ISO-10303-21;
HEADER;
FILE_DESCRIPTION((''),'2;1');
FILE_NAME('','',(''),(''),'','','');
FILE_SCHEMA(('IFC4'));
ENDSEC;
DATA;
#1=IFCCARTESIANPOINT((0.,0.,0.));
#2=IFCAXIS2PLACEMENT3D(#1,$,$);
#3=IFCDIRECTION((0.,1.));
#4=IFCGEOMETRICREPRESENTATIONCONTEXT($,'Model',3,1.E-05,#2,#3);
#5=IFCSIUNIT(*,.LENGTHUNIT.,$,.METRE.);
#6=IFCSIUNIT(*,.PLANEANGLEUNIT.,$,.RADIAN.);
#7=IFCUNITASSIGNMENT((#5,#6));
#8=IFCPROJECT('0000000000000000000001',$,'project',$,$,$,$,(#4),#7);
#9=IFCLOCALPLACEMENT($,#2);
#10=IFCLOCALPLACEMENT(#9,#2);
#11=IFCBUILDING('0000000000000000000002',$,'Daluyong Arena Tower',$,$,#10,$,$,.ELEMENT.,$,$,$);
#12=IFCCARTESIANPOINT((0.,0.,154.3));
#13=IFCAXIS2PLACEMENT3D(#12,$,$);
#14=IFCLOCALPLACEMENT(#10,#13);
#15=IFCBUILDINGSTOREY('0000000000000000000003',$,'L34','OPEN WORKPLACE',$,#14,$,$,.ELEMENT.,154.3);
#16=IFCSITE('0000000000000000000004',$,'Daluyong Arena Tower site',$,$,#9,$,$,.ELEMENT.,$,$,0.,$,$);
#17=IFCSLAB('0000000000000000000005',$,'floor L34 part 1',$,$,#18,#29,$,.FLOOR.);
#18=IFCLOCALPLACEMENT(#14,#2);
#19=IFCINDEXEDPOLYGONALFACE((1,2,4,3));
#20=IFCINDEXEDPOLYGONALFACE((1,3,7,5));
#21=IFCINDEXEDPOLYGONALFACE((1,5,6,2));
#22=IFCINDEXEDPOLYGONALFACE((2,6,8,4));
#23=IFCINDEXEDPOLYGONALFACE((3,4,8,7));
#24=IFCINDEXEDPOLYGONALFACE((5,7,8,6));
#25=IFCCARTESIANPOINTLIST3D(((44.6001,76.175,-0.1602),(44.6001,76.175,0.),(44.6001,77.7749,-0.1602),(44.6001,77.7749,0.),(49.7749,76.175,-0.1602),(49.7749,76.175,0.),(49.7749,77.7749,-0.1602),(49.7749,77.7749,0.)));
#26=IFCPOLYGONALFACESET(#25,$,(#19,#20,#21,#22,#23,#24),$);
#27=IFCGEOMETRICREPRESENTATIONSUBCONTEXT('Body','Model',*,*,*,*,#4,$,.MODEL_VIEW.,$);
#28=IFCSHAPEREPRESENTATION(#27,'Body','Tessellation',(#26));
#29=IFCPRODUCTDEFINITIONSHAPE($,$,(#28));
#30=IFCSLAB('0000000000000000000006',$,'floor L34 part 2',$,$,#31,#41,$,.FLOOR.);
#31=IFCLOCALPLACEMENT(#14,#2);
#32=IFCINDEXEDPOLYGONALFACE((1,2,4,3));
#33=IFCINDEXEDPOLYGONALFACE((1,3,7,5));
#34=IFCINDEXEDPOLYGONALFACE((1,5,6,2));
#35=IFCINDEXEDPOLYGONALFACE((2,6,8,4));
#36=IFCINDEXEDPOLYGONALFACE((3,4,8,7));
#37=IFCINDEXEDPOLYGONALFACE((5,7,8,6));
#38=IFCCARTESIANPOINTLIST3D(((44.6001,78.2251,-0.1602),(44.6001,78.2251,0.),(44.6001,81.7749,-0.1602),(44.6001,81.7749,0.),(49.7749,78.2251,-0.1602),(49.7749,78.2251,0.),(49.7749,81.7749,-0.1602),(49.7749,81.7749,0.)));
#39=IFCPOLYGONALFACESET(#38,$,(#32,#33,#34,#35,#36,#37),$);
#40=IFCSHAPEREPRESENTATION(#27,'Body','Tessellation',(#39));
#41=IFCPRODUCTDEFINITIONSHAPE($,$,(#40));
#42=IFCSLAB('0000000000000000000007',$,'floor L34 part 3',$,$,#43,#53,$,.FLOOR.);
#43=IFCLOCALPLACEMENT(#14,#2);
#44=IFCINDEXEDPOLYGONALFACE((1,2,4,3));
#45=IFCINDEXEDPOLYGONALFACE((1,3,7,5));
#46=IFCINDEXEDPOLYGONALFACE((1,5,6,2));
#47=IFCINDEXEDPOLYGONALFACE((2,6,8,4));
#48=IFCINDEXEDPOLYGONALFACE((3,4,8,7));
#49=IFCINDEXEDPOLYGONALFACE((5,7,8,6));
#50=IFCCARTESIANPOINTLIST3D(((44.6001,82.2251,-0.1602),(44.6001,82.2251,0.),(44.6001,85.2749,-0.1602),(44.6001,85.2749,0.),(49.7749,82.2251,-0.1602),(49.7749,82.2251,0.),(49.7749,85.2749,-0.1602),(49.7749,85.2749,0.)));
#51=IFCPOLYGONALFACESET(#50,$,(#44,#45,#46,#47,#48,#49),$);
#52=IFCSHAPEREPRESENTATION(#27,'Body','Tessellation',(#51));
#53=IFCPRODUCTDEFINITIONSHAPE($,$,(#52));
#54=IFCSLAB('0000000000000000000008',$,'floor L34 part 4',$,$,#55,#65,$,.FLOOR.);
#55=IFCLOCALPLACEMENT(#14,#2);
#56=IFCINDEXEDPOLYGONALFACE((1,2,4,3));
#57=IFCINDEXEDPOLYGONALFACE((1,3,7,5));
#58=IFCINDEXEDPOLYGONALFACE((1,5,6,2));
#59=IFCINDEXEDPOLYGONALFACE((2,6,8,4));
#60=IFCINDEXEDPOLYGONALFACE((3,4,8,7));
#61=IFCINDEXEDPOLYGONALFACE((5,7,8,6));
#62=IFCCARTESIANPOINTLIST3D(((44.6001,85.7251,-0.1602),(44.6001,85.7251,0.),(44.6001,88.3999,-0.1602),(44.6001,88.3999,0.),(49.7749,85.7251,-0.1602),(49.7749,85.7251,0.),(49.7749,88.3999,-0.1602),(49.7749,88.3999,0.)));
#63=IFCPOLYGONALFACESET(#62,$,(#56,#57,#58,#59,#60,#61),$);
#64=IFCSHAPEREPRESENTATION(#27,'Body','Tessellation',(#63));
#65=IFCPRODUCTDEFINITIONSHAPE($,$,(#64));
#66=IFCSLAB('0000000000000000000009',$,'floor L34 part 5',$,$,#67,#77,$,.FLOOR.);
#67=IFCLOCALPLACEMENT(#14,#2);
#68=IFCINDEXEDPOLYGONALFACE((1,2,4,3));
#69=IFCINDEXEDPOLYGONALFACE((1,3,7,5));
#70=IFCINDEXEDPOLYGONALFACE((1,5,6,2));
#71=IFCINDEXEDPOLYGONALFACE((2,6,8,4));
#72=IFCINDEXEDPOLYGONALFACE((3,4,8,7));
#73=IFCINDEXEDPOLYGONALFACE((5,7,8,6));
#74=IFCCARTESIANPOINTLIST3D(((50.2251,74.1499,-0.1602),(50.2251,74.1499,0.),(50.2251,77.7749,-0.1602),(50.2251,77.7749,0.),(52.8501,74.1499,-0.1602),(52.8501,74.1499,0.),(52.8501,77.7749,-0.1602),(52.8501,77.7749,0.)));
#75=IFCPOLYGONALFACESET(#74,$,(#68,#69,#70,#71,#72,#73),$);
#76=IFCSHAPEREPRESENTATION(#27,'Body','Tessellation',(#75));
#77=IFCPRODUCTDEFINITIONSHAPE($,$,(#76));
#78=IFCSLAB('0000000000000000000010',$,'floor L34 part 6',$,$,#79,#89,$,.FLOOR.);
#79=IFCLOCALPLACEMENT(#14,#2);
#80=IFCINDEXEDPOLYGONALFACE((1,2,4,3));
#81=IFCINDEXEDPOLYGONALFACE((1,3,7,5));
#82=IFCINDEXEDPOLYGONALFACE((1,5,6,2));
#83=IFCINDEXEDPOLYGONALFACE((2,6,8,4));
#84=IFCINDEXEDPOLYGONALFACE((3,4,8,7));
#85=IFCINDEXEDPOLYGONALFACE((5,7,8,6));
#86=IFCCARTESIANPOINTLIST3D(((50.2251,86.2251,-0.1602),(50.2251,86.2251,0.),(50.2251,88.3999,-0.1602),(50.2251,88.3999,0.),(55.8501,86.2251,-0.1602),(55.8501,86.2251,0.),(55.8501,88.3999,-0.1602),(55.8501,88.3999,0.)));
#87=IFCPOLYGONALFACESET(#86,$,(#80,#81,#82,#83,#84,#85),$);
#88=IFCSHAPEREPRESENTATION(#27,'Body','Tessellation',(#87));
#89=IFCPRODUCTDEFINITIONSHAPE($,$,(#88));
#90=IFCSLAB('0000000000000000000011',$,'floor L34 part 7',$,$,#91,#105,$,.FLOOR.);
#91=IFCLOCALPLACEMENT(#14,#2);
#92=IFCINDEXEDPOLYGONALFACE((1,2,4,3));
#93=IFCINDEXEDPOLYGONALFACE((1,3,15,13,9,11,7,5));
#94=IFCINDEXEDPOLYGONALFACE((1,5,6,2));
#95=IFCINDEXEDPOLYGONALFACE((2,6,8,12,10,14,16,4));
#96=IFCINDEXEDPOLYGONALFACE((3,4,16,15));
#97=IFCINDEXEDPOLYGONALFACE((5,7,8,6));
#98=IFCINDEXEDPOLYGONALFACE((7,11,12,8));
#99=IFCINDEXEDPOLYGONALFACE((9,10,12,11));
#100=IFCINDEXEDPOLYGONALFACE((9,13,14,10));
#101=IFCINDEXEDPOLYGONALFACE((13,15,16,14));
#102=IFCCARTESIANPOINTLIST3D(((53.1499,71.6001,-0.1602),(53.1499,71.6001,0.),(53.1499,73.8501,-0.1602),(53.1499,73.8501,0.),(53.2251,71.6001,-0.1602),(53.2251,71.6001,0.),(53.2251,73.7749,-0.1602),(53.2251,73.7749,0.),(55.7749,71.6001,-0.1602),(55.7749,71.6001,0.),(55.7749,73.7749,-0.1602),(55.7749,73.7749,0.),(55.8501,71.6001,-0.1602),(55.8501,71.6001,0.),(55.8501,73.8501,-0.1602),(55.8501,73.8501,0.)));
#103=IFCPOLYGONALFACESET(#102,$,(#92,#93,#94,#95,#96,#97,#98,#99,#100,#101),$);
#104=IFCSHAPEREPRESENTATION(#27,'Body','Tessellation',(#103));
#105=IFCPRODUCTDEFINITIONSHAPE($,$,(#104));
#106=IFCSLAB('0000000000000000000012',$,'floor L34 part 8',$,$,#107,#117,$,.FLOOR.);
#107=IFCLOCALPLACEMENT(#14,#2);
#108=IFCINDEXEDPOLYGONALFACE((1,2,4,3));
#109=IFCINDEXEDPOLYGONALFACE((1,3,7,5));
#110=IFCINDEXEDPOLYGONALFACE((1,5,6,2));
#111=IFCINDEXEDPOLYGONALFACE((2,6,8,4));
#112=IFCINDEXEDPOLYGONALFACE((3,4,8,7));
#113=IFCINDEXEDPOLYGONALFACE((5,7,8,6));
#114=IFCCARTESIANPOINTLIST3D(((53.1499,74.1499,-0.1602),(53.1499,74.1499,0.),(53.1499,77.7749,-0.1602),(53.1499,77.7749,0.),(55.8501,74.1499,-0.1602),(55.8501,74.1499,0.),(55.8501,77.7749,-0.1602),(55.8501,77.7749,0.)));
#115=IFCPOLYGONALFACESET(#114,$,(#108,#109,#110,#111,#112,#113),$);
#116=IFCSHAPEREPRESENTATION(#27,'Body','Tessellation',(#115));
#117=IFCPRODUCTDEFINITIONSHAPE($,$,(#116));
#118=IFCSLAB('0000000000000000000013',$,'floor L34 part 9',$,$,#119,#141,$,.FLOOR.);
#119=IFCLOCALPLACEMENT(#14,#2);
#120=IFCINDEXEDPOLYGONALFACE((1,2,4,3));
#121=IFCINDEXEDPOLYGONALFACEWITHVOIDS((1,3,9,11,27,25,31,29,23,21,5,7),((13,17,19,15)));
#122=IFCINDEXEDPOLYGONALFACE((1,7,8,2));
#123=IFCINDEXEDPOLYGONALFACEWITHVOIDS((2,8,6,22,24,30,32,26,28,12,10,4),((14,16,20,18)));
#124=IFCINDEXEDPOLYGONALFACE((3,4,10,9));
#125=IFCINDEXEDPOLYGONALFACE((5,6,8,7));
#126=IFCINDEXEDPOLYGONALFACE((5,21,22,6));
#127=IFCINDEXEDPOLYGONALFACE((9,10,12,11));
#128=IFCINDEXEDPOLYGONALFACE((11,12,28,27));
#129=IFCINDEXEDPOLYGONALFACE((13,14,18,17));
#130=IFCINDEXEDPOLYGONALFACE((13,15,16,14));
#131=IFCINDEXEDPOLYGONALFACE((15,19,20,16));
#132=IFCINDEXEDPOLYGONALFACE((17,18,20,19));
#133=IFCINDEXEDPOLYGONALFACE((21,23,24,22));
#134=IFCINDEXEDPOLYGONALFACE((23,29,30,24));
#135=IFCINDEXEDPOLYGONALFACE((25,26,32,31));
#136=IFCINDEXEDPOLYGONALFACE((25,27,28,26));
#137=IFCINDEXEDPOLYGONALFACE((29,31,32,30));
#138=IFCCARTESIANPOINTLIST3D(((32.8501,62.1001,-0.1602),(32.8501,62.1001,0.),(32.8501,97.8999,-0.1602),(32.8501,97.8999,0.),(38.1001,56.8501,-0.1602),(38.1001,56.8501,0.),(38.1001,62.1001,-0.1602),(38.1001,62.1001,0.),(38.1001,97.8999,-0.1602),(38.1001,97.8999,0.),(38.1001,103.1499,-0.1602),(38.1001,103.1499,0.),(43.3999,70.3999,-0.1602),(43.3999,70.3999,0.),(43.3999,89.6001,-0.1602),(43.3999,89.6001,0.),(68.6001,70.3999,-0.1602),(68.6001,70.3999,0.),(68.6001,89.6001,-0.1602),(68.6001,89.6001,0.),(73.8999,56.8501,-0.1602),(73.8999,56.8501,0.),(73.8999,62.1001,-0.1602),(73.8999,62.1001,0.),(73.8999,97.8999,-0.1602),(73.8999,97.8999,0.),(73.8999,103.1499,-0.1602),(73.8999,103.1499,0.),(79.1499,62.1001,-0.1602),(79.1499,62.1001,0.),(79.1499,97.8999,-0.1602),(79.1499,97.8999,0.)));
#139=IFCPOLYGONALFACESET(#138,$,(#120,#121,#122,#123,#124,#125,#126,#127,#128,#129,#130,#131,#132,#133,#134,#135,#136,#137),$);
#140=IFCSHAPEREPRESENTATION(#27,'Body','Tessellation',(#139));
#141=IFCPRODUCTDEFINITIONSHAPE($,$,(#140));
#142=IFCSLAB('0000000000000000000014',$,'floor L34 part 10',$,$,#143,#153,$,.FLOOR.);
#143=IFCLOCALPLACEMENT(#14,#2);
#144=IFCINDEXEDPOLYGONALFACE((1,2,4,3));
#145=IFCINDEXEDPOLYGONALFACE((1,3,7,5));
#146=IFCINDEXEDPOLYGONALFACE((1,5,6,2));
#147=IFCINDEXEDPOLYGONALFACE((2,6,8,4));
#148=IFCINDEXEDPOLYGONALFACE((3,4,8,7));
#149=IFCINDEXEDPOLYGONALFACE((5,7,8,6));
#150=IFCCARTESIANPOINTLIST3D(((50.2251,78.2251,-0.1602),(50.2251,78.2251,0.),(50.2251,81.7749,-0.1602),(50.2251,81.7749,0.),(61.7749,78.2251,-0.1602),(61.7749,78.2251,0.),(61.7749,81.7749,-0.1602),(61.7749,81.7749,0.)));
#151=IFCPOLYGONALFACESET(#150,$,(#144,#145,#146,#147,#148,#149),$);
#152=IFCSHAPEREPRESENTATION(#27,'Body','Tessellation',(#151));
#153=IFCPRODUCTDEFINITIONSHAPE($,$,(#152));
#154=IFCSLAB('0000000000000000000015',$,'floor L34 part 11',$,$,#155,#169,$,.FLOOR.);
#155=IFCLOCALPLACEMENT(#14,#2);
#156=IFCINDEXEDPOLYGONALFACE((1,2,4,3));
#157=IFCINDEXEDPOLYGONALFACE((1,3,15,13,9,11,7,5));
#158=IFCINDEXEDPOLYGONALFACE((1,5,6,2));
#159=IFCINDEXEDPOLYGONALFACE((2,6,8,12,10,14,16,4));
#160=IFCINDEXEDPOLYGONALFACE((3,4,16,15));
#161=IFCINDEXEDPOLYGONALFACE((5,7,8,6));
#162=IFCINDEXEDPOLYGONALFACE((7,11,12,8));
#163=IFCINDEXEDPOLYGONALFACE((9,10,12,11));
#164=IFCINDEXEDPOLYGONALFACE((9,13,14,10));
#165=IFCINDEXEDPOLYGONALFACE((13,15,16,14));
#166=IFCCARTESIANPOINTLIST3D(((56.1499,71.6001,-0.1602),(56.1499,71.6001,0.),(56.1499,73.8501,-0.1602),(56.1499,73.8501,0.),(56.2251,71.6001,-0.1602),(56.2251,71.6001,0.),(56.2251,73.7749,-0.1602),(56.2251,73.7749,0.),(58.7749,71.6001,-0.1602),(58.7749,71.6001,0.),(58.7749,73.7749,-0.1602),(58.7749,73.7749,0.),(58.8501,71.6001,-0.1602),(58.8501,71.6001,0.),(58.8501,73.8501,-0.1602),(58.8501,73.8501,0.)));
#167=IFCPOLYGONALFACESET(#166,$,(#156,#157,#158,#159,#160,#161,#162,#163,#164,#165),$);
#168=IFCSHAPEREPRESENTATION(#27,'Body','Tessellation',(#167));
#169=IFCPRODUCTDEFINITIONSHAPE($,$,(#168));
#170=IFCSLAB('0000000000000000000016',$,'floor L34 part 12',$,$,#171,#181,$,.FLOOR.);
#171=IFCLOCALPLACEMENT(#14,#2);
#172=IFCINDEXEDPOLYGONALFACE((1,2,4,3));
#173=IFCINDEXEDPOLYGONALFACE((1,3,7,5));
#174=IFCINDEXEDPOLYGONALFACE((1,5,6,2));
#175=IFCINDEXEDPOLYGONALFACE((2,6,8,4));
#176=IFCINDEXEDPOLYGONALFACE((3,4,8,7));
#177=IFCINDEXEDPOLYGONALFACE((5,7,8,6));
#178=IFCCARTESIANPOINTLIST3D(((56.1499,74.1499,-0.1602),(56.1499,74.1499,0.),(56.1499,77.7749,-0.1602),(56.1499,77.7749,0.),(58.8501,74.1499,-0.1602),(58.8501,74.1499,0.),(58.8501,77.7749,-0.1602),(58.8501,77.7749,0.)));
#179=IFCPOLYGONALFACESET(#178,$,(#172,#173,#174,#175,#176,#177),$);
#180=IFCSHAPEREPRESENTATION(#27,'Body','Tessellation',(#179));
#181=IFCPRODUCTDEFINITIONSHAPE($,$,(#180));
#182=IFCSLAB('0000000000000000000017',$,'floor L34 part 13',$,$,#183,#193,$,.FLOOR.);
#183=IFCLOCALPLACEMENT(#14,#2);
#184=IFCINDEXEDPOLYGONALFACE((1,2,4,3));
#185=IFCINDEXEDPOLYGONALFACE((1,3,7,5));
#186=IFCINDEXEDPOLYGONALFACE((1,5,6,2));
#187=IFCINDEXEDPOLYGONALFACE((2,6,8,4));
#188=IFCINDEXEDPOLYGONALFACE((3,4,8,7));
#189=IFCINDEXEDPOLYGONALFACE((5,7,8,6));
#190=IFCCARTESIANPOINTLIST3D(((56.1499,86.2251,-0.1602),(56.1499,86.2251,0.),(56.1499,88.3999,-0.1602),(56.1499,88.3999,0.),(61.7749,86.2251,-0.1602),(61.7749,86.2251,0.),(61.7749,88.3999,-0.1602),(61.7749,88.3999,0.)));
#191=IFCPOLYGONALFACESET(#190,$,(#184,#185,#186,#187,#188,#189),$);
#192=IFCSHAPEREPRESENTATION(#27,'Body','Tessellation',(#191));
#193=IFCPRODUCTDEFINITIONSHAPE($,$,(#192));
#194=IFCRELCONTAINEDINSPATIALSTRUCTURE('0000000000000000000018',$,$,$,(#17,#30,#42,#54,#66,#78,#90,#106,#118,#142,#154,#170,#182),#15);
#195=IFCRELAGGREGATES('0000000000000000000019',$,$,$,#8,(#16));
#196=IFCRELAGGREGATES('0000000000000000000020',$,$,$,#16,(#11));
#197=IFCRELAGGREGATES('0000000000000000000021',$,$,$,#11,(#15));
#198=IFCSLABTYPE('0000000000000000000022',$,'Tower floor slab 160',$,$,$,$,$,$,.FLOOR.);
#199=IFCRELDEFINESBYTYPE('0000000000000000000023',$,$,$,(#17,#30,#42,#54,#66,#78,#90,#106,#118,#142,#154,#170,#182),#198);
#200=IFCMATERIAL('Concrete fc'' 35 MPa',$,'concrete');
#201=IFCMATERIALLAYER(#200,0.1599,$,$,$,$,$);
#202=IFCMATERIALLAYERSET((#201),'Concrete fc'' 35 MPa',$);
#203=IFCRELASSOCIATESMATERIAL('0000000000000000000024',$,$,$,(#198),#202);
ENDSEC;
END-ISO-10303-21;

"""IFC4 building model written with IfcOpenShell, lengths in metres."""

from ifc_helpers import new_model, si_unit, direction, frame, origin, place, context, subcontext, project, spatial, polyline, outline, extrude, material, layer, layer_set, type_object, element, save


model = new_model("IFC4")

# Units and contexts
model_context = context("Model", 3, precision=1e-05, world=origin(), true_north=direction((0.0, 1.0)))
body_context = subcontext(model_context, "Body", "Model", "MODEL_VIEW")
ifc_project = project(units=[si_unit("LENGTHUNIT", "METRE"), si_unit("PLANEANGLEUNIT", "RADIAN")], contexts=[model_context])

# Site, building, storey
site_placement = place(None, origin())
site = spatial("IfcSite", under=ifc_project, at=site_placement, Name="Daluyong Arena Tower site", CompositionType="ELEMENT", RefElevation=0.0)
building_placement = place(site_placement, origin())
building = spatial("IfcBuilding", under=site, at=building_placement, Name="Daluyong Arena Tower", CompositionType="ELEMENT")
storey_placement = place(building_placement, frame((0.0, 0.0, 154.3)))
storey = spatial("IfcBuildingStorey", under=building, at=storey_placement, Name="L34", Description="OPEN WORKPLACE", CompositionType="ELEMENT", Elevation=154.3)

# Slabs
ifc_material_1 = material(Name="Concrete fc' 35 MPa", Category="concrete")
ifc_layer_1 = layer(ifc_material_1, 0.1599)
ifc_layer_set_1 = layer_set([ifc_layer_1], Name="Concrete fc' 35 MPa")
slab_type = type_object("IfcSlabType", Name="Tower floor slab 160", PredefinedType="FLOOR", material=ifc_layer_set_1)
slab_1_placement = place(storey_placement, frame((0.0, 0.0, -0.1602)))
element("IfcSlab", 1, at=slab_1_placement, inside=storey, type_object=slab_type, Name="floor L34 part 1", PredefinedType="FLOOR", context=body_context, shape_type="SweptSolid", body=[
    extrude(outline(polyline([(49.7749, 76.175), (49.7749, 77.7749), (44.6001, 77.7749), (44.6001, 76.175), (49.7749, 76.175)])), origin(), (0.0, 0.0, 1.0), 0.1602),
])
slab_2_placement = place(storey_placement, frame((0.0, 0.0, -0.1602)))
element("IfcSlab", 2, at=slab_2_placement, inside=storey, type_object=slab_type, Name="floor L34 part 2", PredefinedType="FLOOR", context=body_context, shape_type="SweptSolid", body=[
    extrude(outline(polyline([(44.6001, 78.2251), (49.7749, 78.2251), (49.7749, 81.7749), (44.6001, 81.7749), (44.6001, 78.2251)])), origin(), (0.0, 0.0, 1.0), 0.1602),
])
slab_3_placement = place(storey_placement, frame((0.0, 0.0, -0.1602)))
element("IfcSlab", 3, at=slab_3_placement, inside=storey, type_object=slab_type, Name="floor L34 part 3", PredefinedType="FLOOR", context=body_context, shape_type="SweptSolid", body=[
    extrude(outline(polyline([(44.6001, 82.2251), (49.7749, 82.2251), (49.7749, 85.2749), (44.6001, 85.2749), (44.6001, 82.2251)])), origin(), (0.0, 0.0, 1.0), 0.1602),
])
slab_4_placement = place(storey_placement, frame((0.0, 0.0, -0.1602)))
element("IfcSlab", 4, at=slab_4_placement, inside=storey, type_object=slab_type, Name="floor L34 part 4", PredefinedType="FLOOR", context=body_context, shape_type="SweptSolid", body=[
    extrude(outline(polyline([(49.7749, 88.3999), (44.6001, 88.3999), (44.6001, 85.7251), (49.7749, 85.7251), (49.7749, 88.3999)])), origin(), (0.0, 0.0, 1.0), 0.1602),
])
slab_5_placement = place(storey_placement, frame((0.0, 0.0, -0.1602)))
element("IfcSlab", 5, at=slab_5_placement, inside=storey, type_object=slab_type, Name="floor L34 part 5", PredefinedType="FLOOR", context=body_context, shape_type="SweptSolid", body=[
    extrude(outline(polyline([(52.8501, 77.7749), (50.2251, 77.7749), (50.2251, 74.1499), (52.8501, 74.1499), (52.8501, 77.7749)])), origin(), (0.0, 0.0, 1.0), 0.1602),
])
slab_6_placement = place(storey_placement, frame((0.0, 0.0, -0.1602)))
element("IfcSlab", 6, at=slab_6_placement, inside=storey, type_object=slab_type, Name="floor L34 part 6", PredefinedType="FLOOR", context=body_context, shape_type="SweptSolid", body=[
    extrude(outline(polyline([(55.8501, 88.3999), (50.2251, 88.3999), (50.2251, 86.2251), (55.8501, 86.2251), (55.8501, 88.3999)])), origin(), (0.0, 0.0, 1.0), 0.1602),
])
slab_7_placement = place(storey_placement, frame((0.0, 0.0, -0.1602)))
element("IfcSlab", 7, at=slab_7_placement, inside=storey, type_object=slab_type, Name="floor L34 part 7", PredefinedType="FLOOR", context=body_context, shape_type="SweptSolid", body=[
    extrude(outline(polyline([(55.7749, 73.7749), (55.7749, 71.6001), (55.8501, 71.6001), (55.8501, 73.8501), (53.1499, 73.8501), (53.1499, 71.6001), (53.2251, 71.6001), (53.2251, 73.7749), (55.7749, 73.7749)])), origin(), (0.0, 0.0, 1.0), 0.1602),
])
slab_8_placement = place(storey_placement, frame((0.0, 0.0, -0.1602)))
element("IfcSlab", 8, at=slab_8_placement, inside=storey, type_object=slab_type, Name="floor L34 part 8", PredefinedType="FLOOR", context=body_context, shape_type="SweptSolid", body=[
    extrude(outline(polyline([(55.8501, 77.7749), (53.1499, 77.7749), (53.1499, 74.1499), (55.8501, 74.1499), (55.8501, 77.7749)])), origin(), (0.0, 0.0, 1.0), 0.1602),
])
slab_9_placement = place(storey_placement, frame((0.0, 0.0, -0.1602)))
element("IfcSlab", 9, at=slab_9_placement, inside=storey, type_object=slab_type, Name="floor L34 part 9", PredefinedType="FLOOR", context=body_context, shape_type="SweptSolid", body=[
    extrude(outline(polyline([(38.1001, 62.1001), (38.1001, 56.8501), (73.8999, 56.8501), (73.8999, 62.1001), (79.1499, 62.1001), (79.1499, 97.8999), (73.8999, 97.8999), (73.8999, 103.1499), (38.1001, 103.1499), (38.1001, 97.8999), (32.8501, 97.8999), (32.8501, 62.1001), (38.1001, 62.1001)]), holes=[polyline([(68.6001, 89.6001), (68.6001, 70.3999), (43.3999, 70.3999), (43.3999, 89.6001), (68.6001, 89.6001)])]), origin(), (0.0, 0.0, 1.0), 0.1602),
])
slab_10_placement = place(storey_placement, frame((0.0, 0.0, -0.1602)))
element("IfcSlab", 10, at=slab_10_placement, inside=storey, type_object=slab_type, Name="floor L34 part 10", PredefinedType="FLOOR", context=body_context, shape_type="SweptSolid", body=[
    extrude(outline(polyline([(61.7749, 78.2251), (61.7749, 81.7749), (50.2251, 81.7749), (50.2251, 78.2251), (61.7749, 78.2251)])), origin(), (0.0, 0.0, 1.0), 0.1602),
])
slab_11_placement = place(storey_placement, frame((0.0, 0.0, -0.1602)))
element("IfcSlab", 11, at=slab_11_placement, inside=storey, type_object=slab_type, Name="floor L34 part 11", PredefinedType="FLOOR", context=body_context, shape_type="SweptSolid", body=[
    extrude(outline(polyline([(58.8501, 71.6001), (58.8501, 73.8501), (56.1499, 73.8501), (56.1499, 71.6001), (56.2251, 71.6001), (56.2251, 73.7749), (58.7749, 73.7749), (58.7749, 71.6001), (58.8501, 71.6001)])), origin(), (0.0, 0.0, 1.0), 0.1602),
])
slab_12_placement = place(storey_placement, frame((0.0, 0.0, -0.1602)))
element("IfcSlab", 12, at=slab_12_placement, inside=storey, type_object=slab_type, Name="floor L34 part 12", PredefinedType="FLOOR", context=body_context, shape_type="SweptSolid", body=[
    extrude(outline(polyline([(58.8501, 77.7749), (56.1499, 77.7749), (56.1499, 74.1499), (58.8501, 74.1499), (58.8501, 77.7749)])), origin(), (0.0, 0.0, 1.0), 0.1602),
])
slab_13_placement = place(storey_placement, frame((0.0, 0.0, -0.1602)))
element("IfcSlab", 13, at=slab_13_placement, inside=storey, type_object=slab_type, Name="floor L34 part 13", PredefinedType="FLOOR", context=body_context, shape_type="SweptSolid", body=[
    extrude(outline(polyline([(56.1499, 88.3999), (56.1499, 86.2251), (61.7749, 86.2251), (61.7749, 88.3999), (56.1499, 88.3999)])), origin(), (0.0, 0.0, 1.0), 0.1602),
])

save(model, "model.ifc")
